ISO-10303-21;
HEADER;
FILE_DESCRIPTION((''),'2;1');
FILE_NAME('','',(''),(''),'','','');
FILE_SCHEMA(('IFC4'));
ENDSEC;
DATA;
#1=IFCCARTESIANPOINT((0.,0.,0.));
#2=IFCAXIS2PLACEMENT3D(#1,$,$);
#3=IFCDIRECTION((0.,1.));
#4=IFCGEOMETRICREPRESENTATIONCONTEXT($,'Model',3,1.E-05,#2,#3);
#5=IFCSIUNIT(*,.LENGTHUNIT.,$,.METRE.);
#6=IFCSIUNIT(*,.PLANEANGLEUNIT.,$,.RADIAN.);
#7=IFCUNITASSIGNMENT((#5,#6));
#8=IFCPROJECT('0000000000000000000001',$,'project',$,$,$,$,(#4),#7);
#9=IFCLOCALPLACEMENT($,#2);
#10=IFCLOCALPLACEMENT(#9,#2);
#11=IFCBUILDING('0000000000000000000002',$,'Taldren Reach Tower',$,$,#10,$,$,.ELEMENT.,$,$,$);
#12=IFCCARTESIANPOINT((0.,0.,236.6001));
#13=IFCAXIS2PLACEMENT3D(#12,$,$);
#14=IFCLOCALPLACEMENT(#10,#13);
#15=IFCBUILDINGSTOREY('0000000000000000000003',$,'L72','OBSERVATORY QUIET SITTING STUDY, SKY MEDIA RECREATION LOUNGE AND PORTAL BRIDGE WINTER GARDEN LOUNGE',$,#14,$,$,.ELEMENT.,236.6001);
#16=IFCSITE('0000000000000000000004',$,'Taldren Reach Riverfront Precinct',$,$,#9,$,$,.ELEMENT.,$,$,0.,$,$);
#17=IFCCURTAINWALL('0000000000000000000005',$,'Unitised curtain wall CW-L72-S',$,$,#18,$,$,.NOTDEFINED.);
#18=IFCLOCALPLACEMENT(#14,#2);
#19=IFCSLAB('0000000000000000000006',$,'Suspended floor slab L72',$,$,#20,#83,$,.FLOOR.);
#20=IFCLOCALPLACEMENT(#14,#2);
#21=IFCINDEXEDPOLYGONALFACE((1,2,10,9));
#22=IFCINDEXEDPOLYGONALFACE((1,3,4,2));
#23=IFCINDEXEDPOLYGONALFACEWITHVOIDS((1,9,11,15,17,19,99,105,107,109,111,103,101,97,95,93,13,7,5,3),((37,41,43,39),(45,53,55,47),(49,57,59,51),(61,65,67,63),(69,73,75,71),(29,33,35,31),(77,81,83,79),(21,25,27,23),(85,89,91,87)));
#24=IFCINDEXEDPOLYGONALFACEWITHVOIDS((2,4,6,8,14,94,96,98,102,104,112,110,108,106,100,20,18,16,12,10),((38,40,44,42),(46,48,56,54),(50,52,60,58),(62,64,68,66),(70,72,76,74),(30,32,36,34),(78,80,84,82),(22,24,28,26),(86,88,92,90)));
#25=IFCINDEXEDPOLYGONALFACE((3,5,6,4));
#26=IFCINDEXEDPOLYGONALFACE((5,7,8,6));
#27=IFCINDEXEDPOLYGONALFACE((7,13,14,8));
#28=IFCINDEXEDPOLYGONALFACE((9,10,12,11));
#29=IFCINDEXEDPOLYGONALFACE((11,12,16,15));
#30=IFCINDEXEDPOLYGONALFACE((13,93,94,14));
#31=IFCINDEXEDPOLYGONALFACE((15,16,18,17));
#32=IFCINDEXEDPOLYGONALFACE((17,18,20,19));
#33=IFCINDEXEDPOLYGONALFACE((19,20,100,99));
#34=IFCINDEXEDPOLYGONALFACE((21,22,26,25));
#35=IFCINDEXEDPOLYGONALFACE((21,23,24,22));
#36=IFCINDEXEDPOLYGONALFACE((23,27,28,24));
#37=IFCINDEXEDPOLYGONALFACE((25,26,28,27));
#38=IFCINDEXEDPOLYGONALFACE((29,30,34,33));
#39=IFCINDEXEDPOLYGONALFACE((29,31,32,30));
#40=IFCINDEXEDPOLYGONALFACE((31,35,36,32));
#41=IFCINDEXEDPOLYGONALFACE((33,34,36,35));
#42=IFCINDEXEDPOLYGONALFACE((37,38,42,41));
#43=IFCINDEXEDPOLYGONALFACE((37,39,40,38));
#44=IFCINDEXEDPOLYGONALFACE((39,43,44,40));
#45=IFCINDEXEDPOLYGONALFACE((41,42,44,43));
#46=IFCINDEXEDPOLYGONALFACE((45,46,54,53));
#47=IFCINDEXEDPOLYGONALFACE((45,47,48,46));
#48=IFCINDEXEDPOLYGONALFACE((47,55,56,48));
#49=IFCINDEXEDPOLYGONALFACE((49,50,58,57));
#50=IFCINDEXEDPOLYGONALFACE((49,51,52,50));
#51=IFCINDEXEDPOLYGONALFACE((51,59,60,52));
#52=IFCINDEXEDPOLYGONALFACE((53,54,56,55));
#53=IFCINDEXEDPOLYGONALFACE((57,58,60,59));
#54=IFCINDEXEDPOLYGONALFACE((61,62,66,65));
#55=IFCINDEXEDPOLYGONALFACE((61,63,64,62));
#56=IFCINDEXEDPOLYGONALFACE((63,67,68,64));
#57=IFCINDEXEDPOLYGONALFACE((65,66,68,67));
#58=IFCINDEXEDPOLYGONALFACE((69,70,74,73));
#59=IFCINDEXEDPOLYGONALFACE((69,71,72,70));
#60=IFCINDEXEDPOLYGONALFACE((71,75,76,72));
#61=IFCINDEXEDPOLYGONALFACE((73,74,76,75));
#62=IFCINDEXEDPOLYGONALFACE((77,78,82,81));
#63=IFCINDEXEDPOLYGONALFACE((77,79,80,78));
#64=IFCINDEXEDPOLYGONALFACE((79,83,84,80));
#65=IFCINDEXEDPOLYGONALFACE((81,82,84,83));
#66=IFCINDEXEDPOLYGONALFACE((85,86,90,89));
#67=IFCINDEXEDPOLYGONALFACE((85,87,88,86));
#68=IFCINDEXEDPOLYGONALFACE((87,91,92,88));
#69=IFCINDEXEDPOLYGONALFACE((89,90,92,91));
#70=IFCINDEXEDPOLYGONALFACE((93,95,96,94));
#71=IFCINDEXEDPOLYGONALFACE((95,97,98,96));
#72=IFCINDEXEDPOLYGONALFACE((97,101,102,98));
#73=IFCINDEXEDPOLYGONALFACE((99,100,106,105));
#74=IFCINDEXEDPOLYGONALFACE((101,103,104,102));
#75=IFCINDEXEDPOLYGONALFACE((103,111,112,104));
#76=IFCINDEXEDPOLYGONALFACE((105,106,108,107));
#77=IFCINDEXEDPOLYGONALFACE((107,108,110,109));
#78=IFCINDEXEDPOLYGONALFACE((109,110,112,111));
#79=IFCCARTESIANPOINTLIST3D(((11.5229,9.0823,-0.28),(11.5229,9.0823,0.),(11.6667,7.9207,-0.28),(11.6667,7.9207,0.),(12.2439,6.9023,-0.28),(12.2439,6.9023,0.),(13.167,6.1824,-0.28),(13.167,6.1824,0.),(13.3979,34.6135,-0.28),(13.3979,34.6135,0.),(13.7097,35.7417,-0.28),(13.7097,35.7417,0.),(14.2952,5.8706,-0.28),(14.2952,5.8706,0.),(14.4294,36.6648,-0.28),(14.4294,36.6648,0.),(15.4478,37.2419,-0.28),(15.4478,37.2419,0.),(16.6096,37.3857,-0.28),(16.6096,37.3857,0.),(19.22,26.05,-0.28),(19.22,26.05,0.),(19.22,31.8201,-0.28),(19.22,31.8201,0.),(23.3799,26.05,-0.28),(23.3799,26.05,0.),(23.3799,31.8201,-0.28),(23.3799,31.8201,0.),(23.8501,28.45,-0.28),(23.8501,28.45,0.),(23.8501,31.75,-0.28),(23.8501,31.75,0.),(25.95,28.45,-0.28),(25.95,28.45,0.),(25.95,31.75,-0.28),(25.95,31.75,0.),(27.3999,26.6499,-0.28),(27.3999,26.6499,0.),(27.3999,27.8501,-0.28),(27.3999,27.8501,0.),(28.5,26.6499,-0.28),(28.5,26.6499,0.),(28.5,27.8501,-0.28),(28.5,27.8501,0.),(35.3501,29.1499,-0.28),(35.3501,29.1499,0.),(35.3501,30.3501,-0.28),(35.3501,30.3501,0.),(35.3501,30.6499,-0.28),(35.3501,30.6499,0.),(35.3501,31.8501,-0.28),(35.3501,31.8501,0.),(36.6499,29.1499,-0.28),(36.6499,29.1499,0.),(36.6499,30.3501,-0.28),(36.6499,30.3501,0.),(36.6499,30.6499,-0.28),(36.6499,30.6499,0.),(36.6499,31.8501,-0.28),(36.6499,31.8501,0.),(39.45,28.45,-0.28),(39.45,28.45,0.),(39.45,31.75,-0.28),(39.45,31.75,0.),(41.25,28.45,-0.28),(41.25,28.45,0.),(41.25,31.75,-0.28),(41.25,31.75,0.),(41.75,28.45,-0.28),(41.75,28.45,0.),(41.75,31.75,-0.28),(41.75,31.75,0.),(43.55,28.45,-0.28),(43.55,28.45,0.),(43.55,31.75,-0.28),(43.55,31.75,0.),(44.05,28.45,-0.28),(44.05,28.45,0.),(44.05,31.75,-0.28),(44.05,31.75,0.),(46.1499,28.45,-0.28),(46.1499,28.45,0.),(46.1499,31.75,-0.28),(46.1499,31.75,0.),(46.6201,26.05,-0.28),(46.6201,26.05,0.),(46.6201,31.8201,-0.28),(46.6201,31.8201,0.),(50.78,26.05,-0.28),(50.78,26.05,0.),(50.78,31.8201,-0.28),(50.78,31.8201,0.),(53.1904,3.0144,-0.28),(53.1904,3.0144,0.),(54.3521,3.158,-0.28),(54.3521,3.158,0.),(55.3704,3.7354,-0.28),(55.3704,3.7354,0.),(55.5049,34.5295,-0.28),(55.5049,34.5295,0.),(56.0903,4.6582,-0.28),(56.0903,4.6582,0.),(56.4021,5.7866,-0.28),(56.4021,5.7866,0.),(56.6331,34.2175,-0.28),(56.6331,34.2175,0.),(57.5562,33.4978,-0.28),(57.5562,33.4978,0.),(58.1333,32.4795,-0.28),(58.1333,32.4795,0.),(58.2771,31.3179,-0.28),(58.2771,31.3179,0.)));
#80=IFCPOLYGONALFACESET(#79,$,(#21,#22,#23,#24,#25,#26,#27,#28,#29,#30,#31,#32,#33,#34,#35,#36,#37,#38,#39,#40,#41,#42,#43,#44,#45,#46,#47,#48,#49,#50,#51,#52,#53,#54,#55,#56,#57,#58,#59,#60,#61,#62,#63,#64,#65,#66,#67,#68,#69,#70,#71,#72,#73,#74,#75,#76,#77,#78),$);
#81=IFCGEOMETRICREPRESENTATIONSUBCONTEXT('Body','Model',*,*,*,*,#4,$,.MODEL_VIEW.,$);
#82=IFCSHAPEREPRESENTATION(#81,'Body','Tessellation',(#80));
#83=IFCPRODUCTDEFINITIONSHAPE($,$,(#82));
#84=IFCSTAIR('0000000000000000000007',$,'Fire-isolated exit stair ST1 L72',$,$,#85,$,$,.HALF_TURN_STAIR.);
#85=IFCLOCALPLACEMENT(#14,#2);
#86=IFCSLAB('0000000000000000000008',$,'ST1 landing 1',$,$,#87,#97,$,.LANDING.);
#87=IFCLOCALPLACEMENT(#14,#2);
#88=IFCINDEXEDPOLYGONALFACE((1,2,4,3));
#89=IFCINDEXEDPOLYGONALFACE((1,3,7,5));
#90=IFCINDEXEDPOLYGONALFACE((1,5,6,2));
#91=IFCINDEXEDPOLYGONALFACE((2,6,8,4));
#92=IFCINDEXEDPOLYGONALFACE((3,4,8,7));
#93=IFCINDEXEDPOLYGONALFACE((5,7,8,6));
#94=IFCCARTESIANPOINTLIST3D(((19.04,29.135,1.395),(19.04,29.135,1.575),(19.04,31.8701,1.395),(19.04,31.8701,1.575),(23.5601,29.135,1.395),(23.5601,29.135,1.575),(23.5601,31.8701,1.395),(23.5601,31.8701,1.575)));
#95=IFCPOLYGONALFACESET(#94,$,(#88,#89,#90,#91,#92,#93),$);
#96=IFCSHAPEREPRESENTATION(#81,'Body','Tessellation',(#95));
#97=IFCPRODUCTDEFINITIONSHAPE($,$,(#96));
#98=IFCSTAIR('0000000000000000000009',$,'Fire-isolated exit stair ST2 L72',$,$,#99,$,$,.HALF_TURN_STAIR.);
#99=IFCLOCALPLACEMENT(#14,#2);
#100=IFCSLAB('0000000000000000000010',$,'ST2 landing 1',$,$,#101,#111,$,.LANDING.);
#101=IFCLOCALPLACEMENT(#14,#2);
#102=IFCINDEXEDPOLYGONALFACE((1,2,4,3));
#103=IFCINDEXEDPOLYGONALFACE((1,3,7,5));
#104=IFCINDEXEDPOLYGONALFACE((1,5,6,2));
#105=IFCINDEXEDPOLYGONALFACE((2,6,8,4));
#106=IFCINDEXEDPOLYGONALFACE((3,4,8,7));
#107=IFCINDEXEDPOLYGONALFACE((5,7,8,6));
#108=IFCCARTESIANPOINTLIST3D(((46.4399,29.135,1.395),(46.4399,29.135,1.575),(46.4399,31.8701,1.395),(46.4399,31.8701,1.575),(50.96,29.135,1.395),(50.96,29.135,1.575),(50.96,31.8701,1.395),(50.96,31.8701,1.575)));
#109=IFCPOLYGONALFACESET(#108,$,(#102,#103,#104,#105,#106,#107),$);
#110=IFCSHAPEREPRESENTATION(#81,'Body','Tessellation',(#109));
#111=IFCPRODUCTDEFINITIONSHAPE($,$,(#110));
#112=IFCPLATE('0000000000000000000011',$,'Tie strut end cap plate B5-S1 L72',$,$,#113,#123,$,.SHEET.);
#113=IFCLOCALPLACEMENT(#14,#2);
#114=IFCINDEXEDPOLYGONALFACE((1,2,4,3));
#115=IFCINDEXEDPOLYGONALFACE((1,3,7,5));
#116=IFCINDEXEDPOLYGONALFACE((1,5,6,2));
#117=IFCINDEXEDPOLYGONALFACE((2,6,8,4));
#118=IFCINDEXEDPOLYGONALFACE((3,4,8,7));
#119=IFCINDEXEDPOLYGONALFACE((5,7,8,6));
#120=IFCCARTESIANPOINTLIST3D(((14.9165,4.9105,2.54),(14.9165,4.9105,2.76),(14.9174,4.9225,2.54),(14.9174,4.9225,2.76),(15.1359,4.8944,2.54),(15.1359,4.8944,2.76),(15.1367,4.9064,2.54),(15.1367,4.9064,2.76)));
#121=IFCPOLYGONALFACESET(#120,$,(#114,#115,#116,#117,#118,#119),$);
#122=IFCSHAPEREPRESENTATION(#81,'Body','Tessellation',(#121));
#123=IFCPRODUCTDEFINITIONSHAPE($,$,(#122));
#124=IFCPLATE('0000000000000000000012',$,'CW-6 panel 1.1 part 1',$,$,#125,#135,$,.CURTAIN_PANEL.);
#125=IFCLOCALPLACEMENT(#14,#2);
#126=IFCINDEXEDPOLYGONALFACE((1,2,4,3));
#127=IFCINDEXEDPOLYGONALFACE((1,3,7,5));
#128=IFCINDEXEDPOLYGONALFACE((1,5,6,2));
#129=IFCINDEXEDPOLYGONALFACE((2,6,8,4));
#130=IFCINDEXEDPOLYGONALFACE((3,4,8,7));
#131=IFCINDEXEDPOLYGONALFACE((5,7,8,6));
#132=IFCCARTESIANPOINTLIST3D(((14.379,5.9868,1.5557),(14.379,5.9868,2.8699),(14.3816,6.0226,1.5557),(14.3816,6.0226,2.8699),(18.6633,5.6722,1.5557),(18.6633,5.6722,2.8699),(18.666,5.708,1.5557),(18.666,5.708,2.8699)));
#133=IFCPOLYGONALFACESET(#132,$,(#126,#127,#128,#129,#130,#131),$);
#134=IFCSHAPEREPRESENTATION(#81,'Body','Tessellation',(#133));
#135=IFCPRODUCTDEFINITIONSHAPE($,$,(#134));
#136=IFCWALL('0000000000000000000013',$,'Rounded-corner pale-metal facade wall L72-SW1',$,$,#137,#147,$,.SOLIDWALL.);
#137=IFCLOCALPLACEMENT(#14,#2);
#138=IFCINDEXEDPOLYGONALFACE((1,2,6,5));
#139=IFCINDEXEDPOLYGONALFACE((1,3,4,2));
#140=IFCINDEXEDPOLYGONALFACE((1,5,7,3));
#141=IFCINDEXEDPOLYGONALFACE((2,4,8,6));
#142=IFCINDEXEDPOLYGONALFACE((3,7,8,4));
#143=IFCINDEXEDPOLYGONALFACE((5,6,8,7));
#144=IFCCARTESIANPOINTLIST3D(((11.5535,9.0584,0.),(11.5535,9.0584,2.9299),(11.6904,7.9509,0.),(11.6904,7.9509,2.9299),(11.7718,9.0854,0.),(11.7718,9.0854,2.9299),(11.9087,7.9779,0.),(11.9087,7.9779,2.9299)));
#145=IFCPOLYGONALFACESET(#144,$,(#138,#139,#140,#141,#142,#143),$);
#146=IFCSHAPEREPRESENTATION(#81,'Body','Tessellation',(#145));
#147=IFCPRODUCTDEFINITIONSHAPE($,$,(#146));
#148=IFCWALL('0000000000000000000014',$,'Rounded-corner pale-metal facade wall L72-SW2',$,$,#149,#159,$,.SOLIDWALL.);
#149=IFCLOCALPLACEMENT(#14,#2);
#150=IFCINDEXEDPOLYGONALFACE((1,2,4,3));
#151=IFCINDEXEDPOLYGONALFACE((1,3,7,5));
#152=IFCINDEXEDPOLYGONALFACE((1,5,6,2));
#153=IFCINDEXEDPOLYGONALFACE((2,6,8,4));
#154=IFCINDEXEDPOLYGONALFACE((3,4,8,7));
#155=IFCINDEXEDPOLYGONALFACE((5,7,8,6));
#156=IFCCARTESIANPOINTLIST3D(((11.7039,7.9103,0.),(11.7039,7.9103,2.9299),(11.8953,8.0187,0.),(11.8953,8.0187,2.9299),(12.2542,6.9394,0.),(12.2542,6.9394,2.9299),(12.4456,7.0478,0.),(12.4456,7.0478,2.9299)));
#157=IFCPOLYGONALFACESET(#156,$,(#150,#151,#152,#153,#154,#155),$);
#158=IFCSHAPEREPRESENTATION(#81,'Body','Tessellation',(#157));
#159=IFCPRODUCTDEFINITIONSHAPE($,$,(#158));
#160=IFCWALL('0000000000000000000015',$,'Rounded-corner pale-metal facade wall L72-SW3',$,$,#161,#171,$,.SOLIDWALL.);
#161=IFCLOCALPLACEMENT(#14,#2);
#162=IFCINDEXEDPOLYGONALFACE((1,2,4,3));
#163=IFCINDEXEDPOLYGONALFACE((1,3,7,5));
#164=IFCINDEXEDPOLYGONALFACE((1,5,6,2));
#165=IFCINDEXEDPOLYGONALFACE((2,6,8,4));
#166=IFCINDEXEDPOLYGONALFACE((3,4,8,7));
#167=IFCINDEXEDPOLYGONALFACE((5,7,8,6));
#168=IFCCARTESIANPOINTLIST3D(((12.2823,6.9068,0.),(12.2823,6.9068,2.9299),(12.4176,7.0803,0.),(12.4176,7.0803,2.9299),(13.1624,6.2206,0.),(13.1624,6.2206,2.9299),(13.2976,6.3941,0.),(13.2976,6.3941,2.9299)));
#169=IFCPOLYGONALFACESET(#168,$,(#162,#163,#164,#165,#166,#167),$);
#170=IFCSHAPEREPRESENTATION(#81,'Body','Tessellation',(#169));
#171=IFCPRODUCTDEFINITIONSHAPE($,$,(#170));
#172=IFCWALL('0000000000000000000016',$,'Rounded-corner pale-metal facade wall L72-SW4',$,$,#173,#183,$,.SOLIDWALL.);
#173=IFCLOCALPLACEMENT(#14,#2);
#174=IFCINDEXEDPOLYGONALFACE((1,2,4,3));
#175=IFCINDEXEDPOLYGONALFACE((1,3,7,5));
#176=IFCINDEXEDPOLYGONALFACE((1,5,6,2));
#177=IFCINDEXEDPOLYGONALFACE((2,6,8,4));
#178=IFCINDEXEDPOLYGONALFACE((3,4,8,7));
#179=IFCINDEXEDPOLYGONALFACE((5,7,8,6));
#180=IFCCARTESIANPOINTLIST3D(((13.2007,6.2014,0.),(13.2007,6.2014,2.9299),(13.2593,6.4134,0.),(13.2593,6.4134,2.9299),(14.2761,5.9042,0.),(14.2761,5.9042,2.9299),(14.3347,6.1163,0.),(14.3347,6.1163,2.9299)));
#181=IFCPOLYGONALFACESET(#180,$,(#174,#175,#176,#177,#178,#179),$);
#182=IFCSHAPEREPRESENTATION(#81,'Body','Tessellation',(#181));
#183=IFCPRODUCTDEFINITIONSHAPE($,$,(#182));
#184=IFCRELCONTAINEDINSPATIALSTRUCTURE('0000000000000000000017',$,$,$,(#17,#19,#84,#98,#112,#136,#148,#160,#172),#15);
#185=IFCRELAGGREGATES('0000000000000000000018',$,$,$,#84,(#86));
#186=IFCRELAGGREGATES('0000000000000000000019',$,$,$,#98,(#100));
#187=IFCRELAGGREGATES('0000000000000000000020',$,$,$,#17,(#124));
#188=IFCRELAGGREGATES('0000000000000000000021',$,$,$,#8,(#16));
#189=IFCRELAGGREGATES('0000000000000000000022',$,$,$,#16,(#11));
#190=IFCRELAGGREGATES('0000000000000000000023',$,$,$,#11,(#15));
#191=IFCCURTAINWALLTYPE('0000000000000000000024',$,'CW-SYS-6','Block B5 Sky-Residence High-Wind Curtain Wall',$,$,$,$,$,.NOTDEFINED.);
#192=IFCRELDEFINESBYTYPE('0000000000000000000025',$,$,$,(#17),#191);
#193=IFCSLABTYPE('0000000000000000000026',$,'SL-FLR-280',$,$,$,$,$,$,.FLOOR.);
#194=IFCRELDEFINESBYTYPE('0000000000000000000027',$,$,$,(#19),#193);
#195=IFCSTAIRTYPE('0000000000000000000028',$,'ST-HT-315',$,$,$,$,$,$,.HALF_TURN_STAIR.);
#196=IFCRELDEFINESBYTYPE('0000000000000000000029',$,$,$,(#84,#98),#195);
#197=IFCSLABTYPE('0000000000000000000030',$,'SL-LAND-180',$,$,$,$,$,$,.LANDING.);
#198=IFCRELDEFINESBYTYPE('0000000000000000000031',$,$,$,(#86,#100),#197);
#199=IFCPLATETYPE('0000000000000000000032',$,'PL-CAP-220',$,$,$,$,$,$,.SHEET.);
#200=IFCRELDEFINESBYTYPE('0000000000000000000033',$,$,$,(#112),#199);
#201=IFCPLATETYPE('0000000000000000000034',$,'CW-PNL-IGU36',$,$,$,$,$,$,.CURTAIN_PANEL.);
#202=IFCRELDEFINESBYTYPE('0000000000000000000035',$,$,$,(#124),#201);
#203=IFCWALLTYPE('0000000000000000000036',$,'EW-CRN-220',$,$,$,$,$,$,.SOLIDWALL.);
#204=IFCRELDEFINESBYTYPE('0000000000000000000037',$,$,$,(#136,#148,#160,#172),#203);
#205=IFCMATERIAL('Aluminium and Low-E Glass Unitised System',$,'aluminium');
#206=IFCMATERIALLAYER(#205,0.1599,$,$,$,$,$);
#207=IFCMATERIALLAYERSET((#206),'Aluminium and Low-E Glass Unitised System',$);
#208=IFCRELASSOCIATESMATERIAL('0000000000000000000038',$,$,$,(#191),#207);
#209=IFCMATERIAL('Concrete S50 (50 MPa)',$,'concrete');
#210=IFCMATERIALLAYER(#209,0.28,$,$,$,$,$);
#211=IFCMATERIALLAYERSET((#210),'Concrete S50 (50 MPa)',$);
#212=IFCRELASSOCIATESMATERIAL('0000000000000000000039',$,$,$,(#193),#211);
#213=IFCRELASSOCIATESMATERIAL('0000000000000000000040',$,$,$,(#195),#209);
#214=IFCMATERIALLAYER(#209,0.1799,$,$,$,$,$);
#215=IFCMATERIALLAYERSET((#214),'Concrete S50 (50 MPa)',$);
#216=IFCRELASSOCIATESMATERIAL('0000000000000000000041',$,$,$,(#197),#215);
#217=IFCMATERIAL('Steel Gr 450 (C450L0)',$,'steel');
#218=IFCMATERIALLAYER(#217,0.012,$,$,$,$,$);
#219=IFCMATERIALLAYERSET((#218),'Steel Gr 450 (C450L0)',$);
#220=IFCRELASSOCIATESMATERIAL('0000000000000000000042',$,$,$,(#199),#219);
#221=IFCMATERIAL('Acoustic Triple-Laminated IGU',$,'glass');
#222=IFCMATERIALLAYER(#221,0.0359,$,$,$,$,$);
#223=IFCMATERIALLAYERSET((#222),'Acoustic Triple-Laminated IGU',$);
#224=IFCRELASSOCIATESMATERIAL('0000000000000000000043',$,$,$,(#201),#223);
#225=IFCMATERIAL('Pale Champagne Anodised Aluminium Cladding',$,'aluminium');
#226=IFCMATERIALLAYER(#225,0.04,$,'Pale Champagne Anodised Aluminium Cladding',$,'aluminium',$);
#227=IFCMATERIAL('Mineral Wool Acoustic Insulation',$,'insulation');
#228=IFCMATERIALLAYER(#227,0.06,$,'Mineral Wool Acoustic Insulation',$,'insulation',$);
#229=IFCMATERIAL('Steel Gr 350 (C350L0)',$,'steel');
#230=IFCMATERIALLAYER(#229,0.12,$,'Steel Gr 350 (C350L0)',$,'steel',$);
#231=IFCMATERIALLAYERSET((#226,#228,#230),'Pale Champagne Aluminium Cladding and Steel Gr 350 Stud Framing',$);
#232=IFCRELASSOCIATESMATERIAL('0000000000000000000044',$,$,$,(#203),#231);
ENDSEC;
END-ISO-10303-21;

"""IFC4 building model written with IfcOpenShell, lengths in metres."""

from ifc_helpers import new_model, si_unit, direction, frame, frame_2d, origin, origin_2d, place, context, subcontext, project, spatial, polyline, rectangle, outline, extrude, source, transform, mapped, material, layer, layer_set, type_object, element, aggregate, save


model = new_model("IFC4")

# Units and contexts
model_context = context("Model", 3, precision=1e-05, world=origin(), true_north=direction((0.0, 1.0)))
body_context = subcontext(model_context, "Body", "Model", "MODEL_VIEW")
ifc_project = project(units=[si_unit("LENGTHUNIT", "METRE"), si_unit("PLANEANGLEUNIT", "RADIAN")], contexts=[model_context])

# Site, building, storey
site_placement = place(None, origin())
site = spatial("IfcSite", under=ifc_project, at=site_placement, Name="Taldren Reach Riverfront Precinct", CompositionType="ELEMENT", RefElevation=0.0)
building_placement = place(site_placement, origin())
building = spatial("IfcBuilding", under=site, at=building_placement, Name="Taldren Reach Tower", CompositionType="ELEMENT")
storey_placement = place(building_placement, frame((0.0, 0.0, 236.6001)))
storey = spatial("IfcBuildingStorey", under=building, at=storey_placement, Name="L72", Description="OBSERVATORY QUIET SITTING STUDY, SKY MEDIA RECREATION LOUNGE AND PORTAL BRIDGE WINTER GARDEN LOUNGE", CompositionType="ELEMENT", Elevation=236.6001)

# Shared definitions
ifc_material_1 = material(Name="Steel Gr 350 (C350L0)", Category="steel")

# Shared definitions
ifc_material_2 = material(Name="Steel Gr 450 (C450L0)", Category="steel")

# Curtain wall
ifc_material_3 = material(Name="Aluminium and Low-E Glass Unitised System", Category="aluminium")
ifc_layer_1 = layer(ifc_material_3, 0.1599)
ifc_layer_set_1 = layer_set([ifc_layer_1], Name="Aluminium and Low-E Glass Unitised System")
curtain_wall_type = type_object("IfcCurtainWallType", Name="CW-SYS-6", Description="Block B5 Sky-Residence High-Wind Curtain Wall", PredefinedType="NOTDEFINED", material=ifc_layer_set_1)
curtain_wall_1_placement = place(storey_placement, origin())
curtain_wall_1 = element("IfcCurtainWall", 1, at=curtain_wall_1_placement, inside=storey, type_object=curtain_wall_type, Name="Unitised curtain wall CW-L72-S", PredefinedType="NOTDEFINED")

# Slab
ifc_material_4 = material(Name="Concrete S50 (50 MPa)", Category="concrete")
ifc_layer_2 = layer(ifc_material_4, 0.28)
ifc_layer_set_2 = layer_set([ifc_layer_2], Name="Concrete S50 (50 MPa)")
slab_type_1 = type_object("IfcSlabType", Name="SL-FLR-280", PredefinedType="FLOOR", material=ifc_layer_set_2)
slab_1_placement = place(storey_placement, frame((0.0, 0.0, -0.28)))
element("IfcSlab", 2, at=slab_1_placement, inside=storey, type_object=slab_type_1, Name="Suspended floor slab L72", PredefinedType="FLOOR", context=body_context, shape_type="SweptSolid", body=[
    extrude(outline(polyline([(53.1904, 3.0144), (54.3521, 3.158), (55.3704, 3.7354), (56.0903, 4.6582), (56.4021, 5.7866), (58.2771, 31.3179), (58.1333, 32.4795), (57.5562, 33.4978), (56.6331, 34.2175), (55.5049, 34.5295), (16.6096, 37.3857), (15.4478, 37.2419), (14.4294, 36.6648), (13.7097, 35.7417), (13.3979, 34.6135), (11.5229, 9.0823), (11.6667, 7.9207), (12.2439, 6.9023), (13.167, 6.1824), (14.2952, 5.8706), (53.1904, 3.0144)]), holes=[polyline([(19.22, 26.05), (23.3799, 26.05), (23.3799, 31.8201), (19.22, 31.8201), (19.22, 26.05)]), polyline([(46.6201, 26.05), (50.78, 26.05), (50.78, 31.8201), (46.6201, 31.8201), (46.6201, 26.05)]), polyline([(23.8501, 28.45), (25.95, 28.45), (25.95, 31.75), (23.8501, 31.75), (23.8501, 28.45)]), polyline([(44.05, 28.45), (46.1499, 28.45), (46.1499, 31.75), (44.05, 31.75), (44.05, 28.45)]), polyline([(39.45, 28.45), (41.25, 28.45), (41.25, 31.75), (39.45, 31.75), (39.45, 28.45)]), polyline([(41.75, 28.45), (43.55, 28.45), (43.55, 31.75), (41.75, 31.75), (41.75, 28.45)]), polyline([(35.3501, 30.6499), (36.6499, 30.6499), (36.6499, 31.8501), (35.3501, 31.8501), (35.3501, 30.6499)]), polyline([(35.3501, 29.1499), (36.6499, 29.1499), (36.6499, 30.3501), (35.3501, 30.3501), (35.3501, 29.1499)]), polyline([(27.3999, 26.6499), (28.5, 26.6499), (28.5, 27.8501), (27.3999, 27.8501), (27.3999, 26.6499)])]), origin(), (0.0, 0.0, 1.0), 0.28),
])

# Stairs, slabs
stair_type = type_object("IfcStairType", Name="ST-HT-315", PredefinedType="HALF_TURN_STAIR", material=ifc_material_4)
stair_1_placement = place(storey_placement, origin())
stair_1 = element("IfcStair", 3, at=stair_1_placement, inside=storey, type_object=stair_type, Name="Fire-isolated exit stair ST1 L72", PredefinedType="HALF_TURN_STAIR")
ifc_layer_3 = layer(ifc_material_4, 0.1799)
ifc_layer_set_3 = layer_set([ifc_layer_3], Name="Concrete S50 (50 MPa)")
slab_type_2 = type_object("IfcSlabType", Name="SL-LAND-180", PredefinedType="LANDING", material=ifc_layer_set_3)
slab_2_placement = place(storey_placement, frame((0.0, 0.0, 1.395)))
slab_2 = element("IfcSlab", 4, at=slab_2_placement, type_object=slab_type_2, Name="ST1 landing 1", PredefinedType="LANDING", context=body_context, shape_type="SweptSolid", body=[
    extrude(outline(polyline([(19.04, 29.135), (23.5601, 29.135), (23.5601, 31.8701), (19.04, 31.8701), (19.04, 29.135)])), origin(), (0.0, 0.0, 1.0), 0.1799),
])
aggregate(stair_1, [slab_2])
stair_2_placement = place(storey_placement, origin())
stair_2 = element("IfcStair", 5, at=stair_2_placement, inside=storey, type_object=stair_type, Name="Fire-isolated exit stair ST2 L72", PredefinedType="HALF_TURN_STAIR")
slab_3_placement = place(storey_placement, frame((0.0, 0.0, 1.395)))
slab_3 = element("IfcSlab", 6, at=slab_3_placement, type_object=slab_type_2, Name="ST2 landing 1", PredefinedType="LANDING", context=body_context, shape_type="SweptSolid", body=[
    extrude(outline(polyline([(46.4399, 29.135), (50.96, 29.135), (50.96, 31.8701), (46.4399, 31.8701), (46.4399, 29.135)])), origin(), (0.0, 0.0, 1.0), 0.1799),
])
aggregate(stair_2, [slab_3])

# Plates
ifc_layer_4 = layer(ifc_material_2, 0.012)
ifc_layer_set_4 = layer_set([ifc_layer_4], Name="Steel Gr 450 (C450L0)")
plate_type_1 = type_object("IfcPlateType", Name="PL-CAP-220", PredefinedType="SHEET", material=ifc_layer_set_4)
shared_shape_1 = source(origin(), body_context, "Body", "SweptSolid", [
    extrude(rectangle(XDim=0.22, YDim=0.012, at=origin_2d()), origin(), (0.0, 0.0, 1.0), 0.22),
])
plate_1_placement = place(storey_placement, frame((15.0266, 4.9084, 2.54), z_axis=(0.0, 0.0, 1.0), x_axis=(0.997314, -0.073238, 0.0)))
element("IfcPlate", 7, at=plate_1_placement, inside=storey, type_object=plate_type_1, Name="Tie strut end cap plate B5-S1 L72", PredefinedType="SHEET", context=body_context, shape_type="MappedRepresentation", body=[
    mapped(shared_shape_1, transform((0.0, 0.0, 0.0), scale=1.0)),
])
ifc_material_5 = material(Name="Acoustic Triple-Laminated IGU", Category="glass")
ifc_layer_5 = layer(ifc_material_5, 0.0359)
ifc_layer_set_5 = layer_set([ifc_layer_5], Name="Acoustic Triple-Laminated IGU")
plate_type_2 = type_object("IfcPlateType", Name="CW-PNL-IGU36", PredefinedType="CURTAIN_PANEL", material=ifc_layer_set_5)
shared_shape_2 = source(origin(), body_context, "Body", "SweptSolid", [
    extrude(rectangle(XDim=4.2959, YDim=0.0359, at=origin_2d()), origin(), (0.0, 0.0, 1.0), 1.3142),
])
plate_2_placement = place(storey_placement, frame((16.5225, 5.8474, 1.5557), z_axis=(0.0, 0.0, 1.0), x_axis=(0.997314, -0.073238, 0.0)))
plate_2 = element("IfcPlate", 8, at=plate_2_placement, type_object=plate_type_2, Name="CW-6 panel 1.1 part 1", PredefinedType="CURTAIN_PANEL", context=body_context, shape_type="MappedRepresentation", body=[
    mapped(shared_shape_2, transform((0.0, 0.0, 0.0), scale=1.0)),
])
aggregate(curtain_wall_1, [plate_2])

# Walls
ifc_material_6 = material(Name="Pale Champagne Anodised Aluminium Cladding", Category="aluminium")
ifc_layer_6 = layer(ifc_material_6, 0.04, Name="Pale Champagne Anodised Aluminium Cladding", Category="aluminium")
ifc_material_7 = material(Name="Mineral Wool Acoustic Insulation", Category="insulation")
ifc_layer_7 = layer(ifc_material_7, 0.06, Name="Mineral Wool Acoustic Insulation", Category="insulation")
ifc_layer_8 = layer(ifc_material_1, 0.12, Name="Steel Gr 350 (C350L0)", Category="steel")
ifc_layer_set_6 = layer_set([ifc_layer_6, ifc_layer_7, ifc_layer_8], Name="Pale Champagne Aluminium Cladding and Steel Gr 350 Stud Framing")
wall_type = type_object("IfcWallType", Name="EW-CRN-220", PredefinedType="SOLIDWALL", material=ifc_layer_set_6)
shared_shape_3 = source(origin(), body_context, "Body", "SweptSolid", [
    extrude(rectangle(XDim=1.116, YDim=0.22, at=frame_2d((0.5581, 0.0))), origin(), (0.0, 0.0, 1.0), 2.9299),
])
for number, where, z_axis, x_axis, name in (
    (9, (11.6626, 9.072, 0.0), (0.0, 0.0, 1.0), (0.122742, -0.992439, 0.0), "Rounded-corner pale-metal facade wall L72-SW1"),
    (10, (11.7996, 7.9646, 0.0), (0.0, 0.0, 1.0), (0.493073, -0.869988, 0.0), "Rounded-corner pale-metal facade wall L72-SW2"),
    (11, (12.3499, 6.9937, 0.0), (0.0, 0.0, 1.0), (0.788598, -0.614909, 0.0), "Rounded-corner pale-metal facade wall L72-SW3"),
):
    element("IfcWall", number, at=place(storey_placement, frame(where, z_axis=z_axis, x_axis=x_axis)), inside=storey, type_object=wall_type, Name=name, PredefinedType="SOLIDWALL", context=body_context, shape_type="MappedRepresentation", body=[
        mapped(shared_shape_3, transform((0.0, 0.0, 0.0), scale=1.0)),
    ])
shared_shape_4 = source(origin(), body_context, "Body", "SweptSolid", [
    extrude(rectangle(XDim=1.1157, YDim=0.22, at=frame_2d((0.5579, 0.0))), origin(), (0.0, 0.0, 1.0), 2.9299),
])
wall_placement = place(storey_placement, frame((13.23, 6.3074, 0.0), z_axis=(0.0, 0.0, 1.0), x_axis=(0.96389, -0.266301, 0.0)))
element("IfcWall", 12, at=wall_placement, inside=storey, type_object=wall_type, Name="Rounded-corner pale-metal facade wall L72-SW4", PredefinedType="SOLIDWALL", context=body_context, shape_type="MappedRepresentation", body=[
    mapped(shared_shape_4, transform((0.0, 0.0, 0.0), scale=1.0)),
])

save(model, "model.ifc")
